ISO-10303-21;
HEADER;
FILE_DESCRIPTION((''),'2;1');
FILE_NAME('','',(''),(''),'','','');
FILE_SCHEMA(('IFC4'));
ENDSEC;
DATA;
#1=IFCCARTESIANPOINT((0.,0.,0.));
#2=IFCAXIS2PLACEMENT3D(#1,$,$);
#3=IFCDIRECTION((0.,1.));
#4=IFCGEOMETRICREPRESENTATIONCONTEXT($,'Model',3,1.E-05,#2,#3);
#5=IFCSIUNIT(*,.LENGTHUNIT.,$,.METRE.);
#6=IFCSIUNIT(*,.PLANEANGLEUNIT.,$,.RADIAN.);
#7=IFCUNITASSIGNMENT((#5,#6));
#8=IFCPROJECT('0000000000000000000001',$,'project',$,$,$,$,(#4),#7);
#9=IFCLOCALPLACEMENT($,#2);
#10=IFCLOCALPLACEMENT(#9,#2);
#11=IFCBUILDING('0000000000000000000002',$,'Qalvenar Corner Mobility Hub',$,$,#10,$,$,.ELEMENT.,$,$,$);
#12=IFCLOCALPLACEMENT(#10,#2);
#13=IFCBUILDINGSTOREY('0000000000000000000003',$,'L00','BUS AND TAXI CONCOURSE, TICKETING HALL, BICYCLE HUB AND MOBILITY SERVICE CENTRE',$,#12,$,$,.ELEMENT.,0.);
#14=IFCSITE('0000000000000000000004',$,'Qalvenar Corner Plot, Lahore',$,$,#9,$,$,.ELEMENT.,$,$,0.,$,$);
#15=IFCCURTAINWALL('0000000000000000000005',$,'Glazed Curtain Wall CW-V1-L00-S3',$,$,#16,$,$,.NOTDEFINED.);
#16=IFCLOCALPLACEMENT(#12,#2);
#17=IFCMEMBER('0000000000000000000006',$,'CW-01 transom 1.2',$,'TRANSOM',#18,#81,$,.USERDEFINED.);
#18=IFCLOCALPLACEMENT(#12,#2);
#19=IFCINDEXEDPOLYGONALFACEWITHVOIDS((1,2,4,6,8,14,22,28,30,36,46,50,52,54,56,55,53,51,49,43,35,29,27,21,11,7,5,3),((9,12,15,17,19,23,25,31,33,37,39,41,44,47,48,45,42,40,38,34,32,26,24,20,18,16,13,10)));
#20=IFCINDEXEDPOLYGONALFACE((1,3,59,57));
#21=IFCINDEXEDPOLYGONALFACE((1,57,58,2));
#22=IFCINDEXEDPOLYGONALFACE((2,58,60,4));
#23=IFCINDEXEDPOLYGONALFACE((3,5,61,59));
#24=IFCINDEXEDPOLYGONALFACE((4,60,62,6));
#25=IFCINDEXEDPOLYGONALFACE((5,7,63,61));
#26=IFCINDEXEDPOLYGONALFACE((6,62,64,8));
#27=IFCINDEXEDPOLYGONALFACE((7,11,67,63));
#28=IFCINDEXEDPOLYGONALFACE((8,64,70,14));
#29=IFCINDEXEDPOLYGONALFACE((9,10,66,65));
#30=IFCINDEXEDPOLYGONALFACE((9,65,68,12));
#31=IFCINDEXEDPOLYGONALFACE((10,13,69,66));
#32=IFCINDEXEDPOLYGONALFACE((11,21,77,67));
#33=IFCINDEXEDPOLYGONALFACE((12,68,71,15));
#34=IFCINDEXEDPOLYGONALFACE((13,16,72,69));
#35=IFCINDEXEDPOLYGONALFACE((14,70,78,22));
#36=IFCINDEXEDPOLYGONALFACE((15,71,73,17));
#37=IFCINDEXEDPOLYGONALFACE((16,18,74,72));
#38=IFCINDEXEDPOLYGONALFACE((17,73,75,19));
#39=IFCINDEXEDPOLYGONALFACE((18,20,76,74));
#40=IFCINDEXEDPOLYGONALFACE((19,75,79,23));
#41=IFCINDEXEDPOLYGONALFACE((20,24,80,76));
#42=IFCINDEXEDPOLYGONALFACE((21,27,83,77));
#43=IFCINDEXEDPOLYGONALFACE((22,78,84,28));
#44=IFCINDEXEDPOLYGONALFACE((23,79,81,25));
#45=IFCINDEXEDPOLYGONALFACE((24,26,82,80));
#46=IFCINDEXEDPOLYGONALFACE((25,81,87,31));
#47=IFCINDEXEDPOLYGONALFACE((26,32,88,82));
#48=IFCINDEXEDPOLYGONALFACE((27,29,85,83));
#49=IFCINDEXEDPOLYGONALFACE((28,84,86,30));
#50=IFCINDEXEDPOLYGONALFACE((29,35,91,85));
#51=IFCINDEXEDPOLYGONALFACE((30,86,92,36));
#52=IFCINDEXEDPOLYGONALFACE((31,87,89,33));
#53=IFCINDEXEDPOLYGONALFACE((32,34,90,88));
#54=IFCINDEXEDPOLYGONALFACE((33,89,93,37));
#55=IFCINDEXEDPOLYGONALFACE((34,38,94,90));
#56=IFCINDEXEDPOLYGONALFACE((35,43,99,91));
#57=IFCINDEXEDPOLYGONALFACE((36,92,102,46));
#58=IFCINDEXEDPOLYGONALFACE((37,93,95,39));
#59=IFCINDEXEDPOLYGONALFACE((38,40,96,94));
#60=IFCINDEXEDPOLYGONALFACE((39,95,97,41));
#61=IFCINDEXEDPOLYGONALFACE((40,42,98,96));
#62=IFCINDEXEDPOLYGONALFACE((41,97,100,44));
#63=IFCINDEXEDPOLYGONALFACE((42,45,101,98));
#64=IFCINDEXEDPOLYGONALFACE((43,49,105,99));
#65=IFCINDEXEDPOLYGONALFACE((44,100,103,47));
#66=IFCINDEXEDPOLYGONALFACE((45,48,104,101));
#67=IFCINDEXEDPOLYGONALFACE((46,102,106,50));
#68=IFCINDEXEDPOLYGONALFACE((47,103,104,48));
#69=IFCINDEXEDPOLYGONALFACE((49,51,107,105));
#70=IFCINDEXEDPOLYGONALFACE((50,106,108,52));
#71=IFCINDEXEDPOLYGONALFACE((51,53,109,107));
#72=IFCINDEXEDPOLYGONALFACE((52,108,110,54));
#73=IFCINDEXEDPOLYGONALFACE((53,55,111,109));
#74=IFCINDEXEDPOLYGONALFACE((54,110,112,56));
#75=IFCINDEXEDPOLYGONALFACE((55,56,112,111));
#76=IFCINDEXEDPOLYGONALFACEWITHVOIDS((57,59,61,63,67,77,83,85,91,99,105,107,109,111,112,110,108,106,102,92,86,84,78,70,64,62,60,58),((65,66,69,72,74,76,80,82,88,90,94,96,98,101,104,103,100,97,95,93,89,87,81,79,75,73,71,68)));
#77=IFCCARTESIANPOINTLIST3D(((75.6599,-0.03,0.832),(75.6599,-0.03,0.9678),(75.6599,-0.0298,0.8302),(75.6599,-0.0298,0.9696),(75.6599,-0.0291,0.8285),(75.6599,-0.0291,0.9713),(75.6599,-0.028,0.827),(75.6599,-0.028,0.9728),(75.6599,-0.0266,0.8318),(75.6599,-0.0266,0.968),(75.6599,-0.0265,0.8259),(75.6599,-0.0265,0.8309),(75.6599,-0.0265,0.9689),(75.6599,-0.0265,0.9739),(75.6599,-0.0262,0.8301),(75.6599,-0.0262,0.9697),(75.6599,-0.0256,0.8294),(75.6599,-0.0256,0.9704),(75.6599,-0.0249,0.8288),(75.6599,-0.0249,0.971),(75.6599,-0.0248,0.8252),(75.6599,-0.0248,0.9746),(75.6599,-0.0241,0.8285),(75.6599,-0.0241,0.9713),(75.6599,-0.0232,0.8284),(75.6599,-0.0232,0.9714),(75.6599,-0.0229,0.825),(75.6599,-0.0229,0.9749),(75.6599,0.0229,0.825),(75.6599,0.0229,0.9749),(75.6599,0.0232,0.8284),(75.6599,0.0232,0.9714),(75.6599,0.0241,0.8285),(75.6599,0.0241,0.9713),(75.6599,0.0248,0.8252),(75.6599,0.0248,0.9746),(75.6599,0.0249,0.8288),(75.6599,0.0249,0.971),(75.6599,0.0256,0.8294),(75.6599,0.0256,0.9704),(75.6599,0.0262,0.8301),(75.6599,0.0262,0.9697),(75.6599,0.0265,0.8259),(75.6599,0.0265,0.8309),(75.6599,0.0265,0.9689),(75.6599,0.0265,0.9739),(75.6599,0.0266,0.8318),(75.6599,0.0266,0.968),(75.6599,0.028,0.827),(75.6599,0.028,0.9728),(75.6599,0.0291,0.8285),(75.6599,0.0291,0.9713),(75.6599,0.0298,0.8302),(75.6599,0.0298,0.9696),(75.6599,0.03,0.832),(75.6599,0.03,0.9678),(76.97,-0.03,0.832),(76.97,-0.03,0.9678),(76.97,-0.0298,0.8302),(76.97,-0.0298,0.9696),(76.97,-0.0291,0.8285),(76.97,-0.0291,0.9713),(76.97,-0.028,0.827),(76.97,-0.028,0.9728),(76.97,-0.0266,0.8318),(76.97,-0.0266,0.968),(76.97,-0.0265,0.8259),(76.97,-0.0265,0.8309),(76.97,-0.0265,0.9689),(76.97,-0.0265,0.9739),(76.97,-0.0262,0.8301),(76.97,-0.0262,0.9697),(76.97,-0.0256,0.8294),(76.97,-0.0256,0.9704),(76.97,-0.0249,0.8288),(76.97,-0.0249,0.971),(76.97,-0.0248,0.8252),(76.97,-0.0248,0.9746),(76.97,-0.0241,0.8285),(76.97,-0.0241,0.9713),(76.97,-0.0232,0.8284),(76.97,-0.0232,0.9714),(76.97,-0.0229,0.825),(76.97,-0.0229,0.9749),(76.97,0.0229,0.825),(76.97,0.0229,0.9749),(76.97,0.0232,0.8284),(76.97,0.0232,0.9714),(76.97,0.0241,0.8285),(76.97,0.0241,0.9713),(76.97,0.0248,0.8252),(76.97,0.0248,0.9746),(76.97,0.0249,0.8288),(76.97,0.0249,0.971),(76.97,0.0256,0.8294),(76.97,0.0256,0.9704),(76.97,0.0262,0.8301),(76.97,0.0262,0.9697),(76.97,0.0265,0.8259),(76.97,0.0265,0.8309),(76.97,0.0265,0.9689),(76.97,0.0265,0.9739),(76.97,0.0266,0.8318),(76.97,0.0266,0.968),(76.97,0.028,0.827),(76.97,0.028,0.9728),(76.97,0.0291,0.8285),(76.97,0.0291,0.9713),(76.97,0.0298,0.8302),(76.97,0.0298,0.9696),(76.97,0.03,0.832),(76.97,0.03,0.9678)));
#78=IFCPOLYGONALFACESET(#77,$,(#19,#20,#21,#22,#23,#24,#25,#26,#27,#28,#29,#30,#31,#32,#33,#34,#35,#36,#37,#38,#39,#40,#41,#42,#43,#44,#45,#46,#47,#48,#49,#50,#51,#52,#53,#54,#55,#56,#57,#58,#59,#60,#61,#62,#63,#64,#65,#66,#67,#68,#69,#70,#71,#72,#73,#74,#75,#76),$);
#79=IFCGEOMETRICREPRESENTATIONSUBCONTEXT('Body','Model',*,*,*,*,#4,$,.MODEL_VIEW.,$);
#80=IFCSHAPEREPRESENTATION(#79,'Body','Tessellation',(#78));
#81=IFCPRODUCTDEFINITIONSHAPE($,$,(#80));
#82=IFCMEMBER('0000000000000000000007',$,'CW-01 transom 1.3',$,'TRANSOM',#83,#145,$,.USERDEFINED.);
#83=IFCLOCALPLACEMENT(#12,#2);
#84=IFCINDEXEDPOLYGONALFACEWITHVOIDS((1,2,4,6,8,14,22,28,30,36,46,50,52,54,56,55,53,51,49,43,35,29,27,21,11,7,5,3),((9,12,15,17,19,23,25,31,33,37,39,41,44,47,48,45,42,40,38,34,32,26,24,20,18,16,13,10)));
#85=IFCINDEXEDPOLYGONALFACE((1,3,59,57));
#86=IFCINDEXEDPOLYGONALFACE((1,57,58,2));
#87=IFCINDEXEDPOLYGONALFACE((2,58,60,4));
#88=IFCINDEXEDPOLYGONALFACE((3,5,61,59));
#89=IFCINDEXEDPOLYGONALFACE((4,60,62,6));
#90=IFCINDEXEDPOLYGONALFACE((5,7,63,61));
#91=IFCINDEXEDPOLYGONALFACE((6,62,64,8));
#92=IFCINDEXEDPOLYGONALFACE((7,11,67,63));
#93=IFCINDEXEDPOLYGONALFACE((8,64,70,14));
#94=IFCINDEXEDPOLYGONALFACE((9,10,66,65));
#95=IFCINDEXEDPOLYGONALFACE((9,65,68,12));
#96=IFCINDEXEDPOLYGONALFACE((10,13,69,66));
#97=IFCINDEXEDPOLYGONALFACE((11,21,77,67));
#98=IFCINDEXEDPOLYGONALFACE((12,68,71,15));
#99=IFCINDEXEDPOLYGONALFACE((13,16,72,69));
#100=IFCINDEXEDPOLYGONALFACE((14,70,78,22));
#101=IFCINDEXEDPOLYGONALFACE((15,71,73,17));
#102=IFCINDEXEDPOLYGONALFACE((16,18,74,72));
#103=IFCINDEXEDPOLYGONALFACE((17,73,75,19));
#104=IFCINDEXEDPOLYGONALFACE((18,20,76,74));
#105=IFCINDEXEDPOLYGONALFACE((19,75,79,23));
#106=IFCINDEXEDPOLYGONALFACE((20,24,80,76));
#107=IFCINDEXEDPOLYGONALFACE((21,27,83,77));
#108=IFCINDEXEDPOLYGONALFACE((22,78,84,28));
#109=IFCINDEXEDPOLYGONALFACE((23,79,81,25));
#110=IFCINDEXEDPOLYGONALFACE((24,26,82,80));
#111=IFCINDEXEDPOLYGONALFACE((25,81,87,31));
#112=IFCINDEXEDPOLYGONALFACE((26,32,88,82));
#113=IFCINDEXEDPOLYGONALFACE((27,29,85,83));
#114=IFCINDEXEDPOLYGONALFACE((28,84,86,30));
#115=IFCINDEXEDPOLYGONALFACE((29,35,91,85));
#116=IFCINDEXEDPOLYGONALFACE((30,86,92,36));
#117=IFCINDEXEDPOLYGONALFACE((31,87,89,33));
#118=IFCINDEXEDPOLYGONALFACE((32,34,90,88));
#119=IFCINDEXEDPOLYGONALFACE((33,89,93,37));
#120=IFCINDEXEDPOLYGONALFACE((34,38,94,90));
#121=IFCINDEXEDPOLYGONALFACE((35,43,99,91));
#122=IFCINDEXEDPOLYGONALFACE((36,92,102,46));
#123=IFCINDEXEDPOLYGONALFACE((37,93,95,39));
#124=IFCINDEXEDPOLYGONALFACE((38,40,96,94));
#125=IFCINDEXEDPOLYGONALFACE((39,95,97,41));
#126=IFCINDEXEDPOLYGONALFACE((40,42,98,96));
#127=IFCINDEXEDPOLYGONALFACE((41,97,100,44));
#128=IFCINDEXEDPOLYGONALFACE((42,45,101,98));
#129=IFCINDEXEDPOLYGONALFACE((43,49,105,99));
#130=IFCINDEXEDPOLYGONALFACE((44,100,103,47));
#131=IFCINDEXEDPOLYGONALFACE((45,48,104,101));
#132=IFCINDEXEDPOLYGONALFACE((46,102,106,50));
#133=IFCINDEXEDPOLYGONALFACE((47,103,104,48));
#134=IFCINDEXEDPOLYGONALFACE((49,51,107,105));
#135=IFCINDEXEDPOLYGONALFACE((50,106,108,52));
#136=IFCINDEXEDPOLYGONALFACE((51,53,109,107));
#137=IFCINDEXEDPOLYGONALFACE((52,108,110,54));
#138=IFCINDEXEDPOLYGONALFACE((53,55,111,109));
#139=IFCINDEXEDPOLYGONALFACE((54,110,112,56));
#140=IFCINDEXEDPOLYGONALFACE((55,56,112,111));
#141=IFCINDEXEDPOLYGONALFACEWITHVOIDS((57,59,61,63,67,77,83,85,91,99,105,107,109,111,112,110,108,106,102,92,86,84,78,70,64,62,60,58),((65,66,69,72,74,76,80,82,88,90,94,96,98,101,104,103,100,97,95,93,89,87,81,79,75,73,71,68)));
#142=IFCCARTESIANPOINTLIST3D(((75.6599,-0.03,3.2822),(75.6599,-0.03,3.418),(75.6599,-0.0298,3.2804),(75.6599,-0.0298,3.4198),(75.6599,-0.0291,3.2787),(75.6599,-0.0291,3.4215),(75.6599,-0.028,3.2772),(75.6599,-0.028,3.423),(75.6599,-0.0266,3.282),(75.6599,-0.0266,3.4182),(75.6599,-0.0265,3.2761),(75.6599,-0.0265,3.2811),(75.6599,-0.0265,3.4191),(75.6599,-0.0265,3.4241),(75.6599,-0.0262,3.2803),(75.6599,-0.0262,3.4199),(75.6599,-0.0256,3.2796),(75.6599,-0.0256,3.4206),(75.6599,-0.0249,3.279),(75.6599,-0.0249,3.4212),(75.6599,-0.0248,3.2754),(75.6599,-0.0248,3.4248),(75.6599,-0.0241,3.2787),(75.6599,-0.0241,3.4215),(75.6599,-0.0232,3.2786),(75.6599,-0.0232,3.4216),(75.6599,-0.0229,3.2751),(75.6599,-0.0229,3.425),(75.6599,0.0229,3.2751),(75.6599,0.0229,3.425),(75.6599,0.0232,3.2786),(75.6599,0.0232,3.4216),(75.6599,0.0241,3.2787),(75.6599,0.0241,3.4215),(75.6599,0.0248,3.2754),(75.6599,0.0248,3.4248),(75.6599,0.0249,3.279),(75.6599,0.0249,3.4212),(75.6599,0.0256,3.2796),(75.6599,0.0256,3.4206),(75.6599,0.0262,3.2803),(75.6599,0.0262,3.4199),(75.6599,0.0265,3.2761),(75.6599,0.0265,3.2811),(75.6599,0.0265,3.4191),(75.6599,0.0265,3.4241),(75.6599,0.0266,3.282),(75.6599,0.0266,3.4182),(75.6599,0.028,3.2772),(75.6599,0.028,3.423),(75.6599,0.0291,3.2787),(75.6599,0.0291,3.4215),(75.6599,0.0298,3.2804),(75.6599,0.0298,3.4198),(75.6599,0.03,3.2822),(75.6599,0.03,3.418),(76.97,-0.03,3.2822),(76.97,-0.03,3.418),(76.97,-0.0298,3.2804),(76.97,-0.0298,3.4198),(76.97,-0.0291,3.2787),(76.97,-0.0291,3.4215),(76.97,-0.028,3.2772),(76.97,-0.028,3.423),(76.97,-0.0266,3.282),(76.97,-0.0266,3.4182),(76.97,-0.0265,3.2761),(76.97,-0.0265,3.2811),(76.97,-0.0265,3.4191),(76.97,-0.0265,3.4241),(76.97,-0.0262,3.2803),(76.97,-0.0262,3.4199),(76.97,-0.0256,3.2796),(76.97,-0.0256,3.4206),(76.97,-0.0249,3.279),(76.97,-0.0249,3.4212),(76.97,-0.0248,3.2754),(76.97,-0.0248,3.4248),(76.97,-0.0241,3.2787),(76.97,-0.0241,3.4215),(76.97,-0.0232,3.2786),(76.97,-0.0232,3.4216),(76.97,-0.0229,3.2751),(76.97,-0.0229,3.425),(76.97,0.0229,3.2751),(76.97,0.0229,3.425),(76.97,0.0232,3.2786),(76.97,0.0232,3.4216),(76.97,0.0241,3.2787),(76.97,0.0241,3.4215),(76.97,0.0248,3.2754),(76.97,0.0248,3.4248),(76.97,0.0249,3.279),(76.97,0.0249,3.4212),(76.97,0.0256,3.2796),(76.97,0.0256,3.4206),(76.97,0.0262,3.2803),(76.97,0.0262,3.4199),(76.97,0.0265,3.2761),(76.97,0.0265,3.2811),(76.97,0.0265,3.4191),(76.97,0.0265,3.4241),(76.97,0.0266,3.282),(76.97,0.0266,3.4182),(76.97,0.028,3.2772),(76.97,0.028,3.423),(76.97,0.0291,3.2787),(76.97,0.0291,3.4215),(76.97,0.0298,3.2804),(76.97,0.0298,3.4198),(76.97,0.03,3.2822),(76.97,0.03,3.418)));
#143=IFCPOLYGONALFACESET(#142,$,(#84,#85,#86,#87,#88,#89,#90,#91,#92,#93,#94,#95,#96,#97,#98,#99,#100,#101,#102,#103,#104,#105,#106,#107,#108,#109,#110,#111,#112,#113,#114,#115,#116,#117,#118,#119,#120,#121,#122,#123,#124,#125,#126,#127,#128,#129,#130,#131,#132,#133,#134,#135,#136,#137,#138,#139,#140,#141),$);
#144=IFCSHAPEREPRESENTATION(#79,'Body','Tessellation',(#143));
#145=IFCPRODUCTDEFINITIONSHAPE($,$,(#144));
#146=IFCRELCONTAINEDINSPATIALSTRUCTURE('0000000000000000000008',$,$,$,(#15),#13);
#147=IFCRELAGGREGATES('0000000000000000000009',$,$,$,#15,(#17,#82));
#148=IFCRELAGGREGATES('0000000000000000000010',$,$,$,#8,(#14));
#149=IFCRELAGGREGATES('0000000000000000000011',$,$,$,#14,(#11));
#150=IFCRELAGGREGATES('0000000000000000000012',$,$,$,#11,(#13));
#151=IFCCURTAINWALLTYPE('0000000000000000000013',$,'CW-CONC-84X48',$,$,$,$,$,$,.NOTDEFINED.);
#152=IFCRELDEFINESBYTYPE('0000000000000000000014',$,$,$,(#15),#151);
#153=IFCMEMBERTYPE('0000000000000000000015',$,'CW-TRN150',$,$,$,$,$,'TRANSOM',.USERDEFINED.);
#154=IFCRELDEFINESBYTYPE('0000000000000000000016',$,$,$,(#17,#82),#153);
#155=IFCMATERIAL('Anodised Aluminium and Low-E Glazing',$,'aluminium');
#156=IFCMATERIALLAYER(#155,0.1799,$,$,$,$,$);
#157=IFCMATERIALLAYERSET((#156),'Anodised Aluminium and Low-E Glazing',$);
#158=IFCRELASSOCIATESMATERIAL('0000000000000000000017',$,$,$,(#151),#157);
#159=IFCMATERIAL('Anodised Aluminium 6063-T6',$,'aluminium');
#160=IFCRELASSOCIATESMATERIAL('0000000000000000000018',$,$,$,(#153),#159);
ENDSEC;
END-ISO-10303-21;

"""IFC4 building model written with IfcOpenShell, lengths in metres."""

from ifc_helpers import new_model, si_unit, direction, frame, origin, origin_2d, place, context, subcontext, project, spatial, hollow_rectangle, extrude, material, layer, layer_set, material_profile, profile_set, type_object, element, aggregate, save


model = new_model("IFC4")

# Units and contexts
model_context = context("Model", 3, precision=1e-05, world=origin(), true_north=direction((0.0, 1.0)))
body_context = subcontext(model_context, "Body", "Model", "MODEL_VIEW")
ifc_project = project(units=[si_unit("LENGTHUNIT", "METRE"), si_unit("PLANEANGLEUNIT", "RADIAN")], contexts=[model_context])

# Site, building, storey
site_placement = place(None, origin())
site = spatial("IfcSite", under=ifc_project, at=site_placement, Name="Qalvenar Corner Plot, Lahore", CompositionType="ELEMENT", RefElevation=0.0)
building_placement = place(site_placement, origin())
building = spatial("IfcBuilding", under=site, at=building_placement, Name="Qalvenar Corner Mobility Hub", CompositionType="ELEMENT")
storey_placement = place(building_placement, origin())
storey = spatial("IfcBuildingStorey", under=building, at=storey_placement, Name="L00", Description="BUS AND TAXI CONCOURSE, TICKETING HALL, BICYCLE HUB AND MOBILITY SERVICE CENTRE", CompositionType="ELEMENT", Elevation=0.0)

# Curtain wall, members
ifc_material_1 = material(Name="Anodised Aluminium and Low-E Glazing", Category="aluminium")
ifc_layer_1 = layer(ifc_material_1, 0.1799)
ifc_layer_set_1 = layer_set([ifc_layer_1], Name="Anodised Aluminium and Low-E Glazing")
curtain_wall_type = type_object("IfcCurtainWallType", Name="CW-CONC-84X48", PredefinedType="NOTDEFINED", material=ifc_layer_set_1)
curtain_wall_placement = place(storey_placement, origin())
curtain_wall = element("IfcCurtainWall", 1, at=curtain_wall_placement, inside=storey, type_object=curtain_wall_type, Name="Glazed Curtain Wall CW-V1-L00-S3", PredefinedType="NOTDEFINED")
ifc_material_2 = material(Name="Anodised Aluminium 6063-T6", Category="aluminium")
ifc_material_profile_1 = material_profile(ifc_material_2, hollow_rectangle(XDim=0.0601, YDim=0.1499, WallThickness=0.0034, InnerFilletRadius=0.0034, OuterFilletRadius=0.0071, at=origin_2d()), Name="RHS150x60x3.5")
ifc_profile_set_1 = profile_set([ifc_material_profile_1], Name="Anodised Aluminium 6063-T6")
member_type_1 = type_object("IfcMemberType", Name="CW-TRN150", ElementType="TRANSOM", PredefinedType="USERDEFINED", material=ifc_profile_set_1)
member_1_placement = place(storey_placement, frame((75.6599, 0.0, 0.8999), z_axis=(1.0, 0.0, 0.0), x_axis=(0.0, 1.0, 0.0)))
member_1 = element("IfcMember", 2, at=member_1_placement, type_object=member_type_1, Name="CW-01 transom 1.2", ObjectType="TRANSOM", PredefinedType="USERDEFINED", context=body_context, shape_type="SweptSolid", body=[
    extrude(hollow_rectangle(XDim=0.0601, YDim=0.1499, WallThickness=0.0034, InnerFilletRadius=0.0034, OuterFilletRadius=0.0071, at=origin_2d()), origin(), (0.0, 0.0, 1.0), 1.3101),
])
member_2_placement = place(storey_placement, frame((75.6599, 0.0, 3.3501), z_axis=(1.0, 0.0, 0.0), x_axis=(0.0, 1.0, 0.0)))
member_2 = element("IfcMember", 3, at=member_2_placement, type_object=member_type_1, Name="CW-01 transom 1.3", ObjectType="TRANSOM", PredefinedType="USERDEFINED", context=body_context, shape_type="SweptSolid", body=[
    extrude(hollow_rectangle(XDim=0.0601, YDim=0.1499, WallThickness=0.0034, InnerFilletRadius=0.0034, OuterFilletRadius=0.0071, at=origin_2d()), origin(), (0.0, 0.0, 1.0), 1.3101),
])
aggregate(curtain_wall, [member_1, member_2])

save(model, "model.ifc")
